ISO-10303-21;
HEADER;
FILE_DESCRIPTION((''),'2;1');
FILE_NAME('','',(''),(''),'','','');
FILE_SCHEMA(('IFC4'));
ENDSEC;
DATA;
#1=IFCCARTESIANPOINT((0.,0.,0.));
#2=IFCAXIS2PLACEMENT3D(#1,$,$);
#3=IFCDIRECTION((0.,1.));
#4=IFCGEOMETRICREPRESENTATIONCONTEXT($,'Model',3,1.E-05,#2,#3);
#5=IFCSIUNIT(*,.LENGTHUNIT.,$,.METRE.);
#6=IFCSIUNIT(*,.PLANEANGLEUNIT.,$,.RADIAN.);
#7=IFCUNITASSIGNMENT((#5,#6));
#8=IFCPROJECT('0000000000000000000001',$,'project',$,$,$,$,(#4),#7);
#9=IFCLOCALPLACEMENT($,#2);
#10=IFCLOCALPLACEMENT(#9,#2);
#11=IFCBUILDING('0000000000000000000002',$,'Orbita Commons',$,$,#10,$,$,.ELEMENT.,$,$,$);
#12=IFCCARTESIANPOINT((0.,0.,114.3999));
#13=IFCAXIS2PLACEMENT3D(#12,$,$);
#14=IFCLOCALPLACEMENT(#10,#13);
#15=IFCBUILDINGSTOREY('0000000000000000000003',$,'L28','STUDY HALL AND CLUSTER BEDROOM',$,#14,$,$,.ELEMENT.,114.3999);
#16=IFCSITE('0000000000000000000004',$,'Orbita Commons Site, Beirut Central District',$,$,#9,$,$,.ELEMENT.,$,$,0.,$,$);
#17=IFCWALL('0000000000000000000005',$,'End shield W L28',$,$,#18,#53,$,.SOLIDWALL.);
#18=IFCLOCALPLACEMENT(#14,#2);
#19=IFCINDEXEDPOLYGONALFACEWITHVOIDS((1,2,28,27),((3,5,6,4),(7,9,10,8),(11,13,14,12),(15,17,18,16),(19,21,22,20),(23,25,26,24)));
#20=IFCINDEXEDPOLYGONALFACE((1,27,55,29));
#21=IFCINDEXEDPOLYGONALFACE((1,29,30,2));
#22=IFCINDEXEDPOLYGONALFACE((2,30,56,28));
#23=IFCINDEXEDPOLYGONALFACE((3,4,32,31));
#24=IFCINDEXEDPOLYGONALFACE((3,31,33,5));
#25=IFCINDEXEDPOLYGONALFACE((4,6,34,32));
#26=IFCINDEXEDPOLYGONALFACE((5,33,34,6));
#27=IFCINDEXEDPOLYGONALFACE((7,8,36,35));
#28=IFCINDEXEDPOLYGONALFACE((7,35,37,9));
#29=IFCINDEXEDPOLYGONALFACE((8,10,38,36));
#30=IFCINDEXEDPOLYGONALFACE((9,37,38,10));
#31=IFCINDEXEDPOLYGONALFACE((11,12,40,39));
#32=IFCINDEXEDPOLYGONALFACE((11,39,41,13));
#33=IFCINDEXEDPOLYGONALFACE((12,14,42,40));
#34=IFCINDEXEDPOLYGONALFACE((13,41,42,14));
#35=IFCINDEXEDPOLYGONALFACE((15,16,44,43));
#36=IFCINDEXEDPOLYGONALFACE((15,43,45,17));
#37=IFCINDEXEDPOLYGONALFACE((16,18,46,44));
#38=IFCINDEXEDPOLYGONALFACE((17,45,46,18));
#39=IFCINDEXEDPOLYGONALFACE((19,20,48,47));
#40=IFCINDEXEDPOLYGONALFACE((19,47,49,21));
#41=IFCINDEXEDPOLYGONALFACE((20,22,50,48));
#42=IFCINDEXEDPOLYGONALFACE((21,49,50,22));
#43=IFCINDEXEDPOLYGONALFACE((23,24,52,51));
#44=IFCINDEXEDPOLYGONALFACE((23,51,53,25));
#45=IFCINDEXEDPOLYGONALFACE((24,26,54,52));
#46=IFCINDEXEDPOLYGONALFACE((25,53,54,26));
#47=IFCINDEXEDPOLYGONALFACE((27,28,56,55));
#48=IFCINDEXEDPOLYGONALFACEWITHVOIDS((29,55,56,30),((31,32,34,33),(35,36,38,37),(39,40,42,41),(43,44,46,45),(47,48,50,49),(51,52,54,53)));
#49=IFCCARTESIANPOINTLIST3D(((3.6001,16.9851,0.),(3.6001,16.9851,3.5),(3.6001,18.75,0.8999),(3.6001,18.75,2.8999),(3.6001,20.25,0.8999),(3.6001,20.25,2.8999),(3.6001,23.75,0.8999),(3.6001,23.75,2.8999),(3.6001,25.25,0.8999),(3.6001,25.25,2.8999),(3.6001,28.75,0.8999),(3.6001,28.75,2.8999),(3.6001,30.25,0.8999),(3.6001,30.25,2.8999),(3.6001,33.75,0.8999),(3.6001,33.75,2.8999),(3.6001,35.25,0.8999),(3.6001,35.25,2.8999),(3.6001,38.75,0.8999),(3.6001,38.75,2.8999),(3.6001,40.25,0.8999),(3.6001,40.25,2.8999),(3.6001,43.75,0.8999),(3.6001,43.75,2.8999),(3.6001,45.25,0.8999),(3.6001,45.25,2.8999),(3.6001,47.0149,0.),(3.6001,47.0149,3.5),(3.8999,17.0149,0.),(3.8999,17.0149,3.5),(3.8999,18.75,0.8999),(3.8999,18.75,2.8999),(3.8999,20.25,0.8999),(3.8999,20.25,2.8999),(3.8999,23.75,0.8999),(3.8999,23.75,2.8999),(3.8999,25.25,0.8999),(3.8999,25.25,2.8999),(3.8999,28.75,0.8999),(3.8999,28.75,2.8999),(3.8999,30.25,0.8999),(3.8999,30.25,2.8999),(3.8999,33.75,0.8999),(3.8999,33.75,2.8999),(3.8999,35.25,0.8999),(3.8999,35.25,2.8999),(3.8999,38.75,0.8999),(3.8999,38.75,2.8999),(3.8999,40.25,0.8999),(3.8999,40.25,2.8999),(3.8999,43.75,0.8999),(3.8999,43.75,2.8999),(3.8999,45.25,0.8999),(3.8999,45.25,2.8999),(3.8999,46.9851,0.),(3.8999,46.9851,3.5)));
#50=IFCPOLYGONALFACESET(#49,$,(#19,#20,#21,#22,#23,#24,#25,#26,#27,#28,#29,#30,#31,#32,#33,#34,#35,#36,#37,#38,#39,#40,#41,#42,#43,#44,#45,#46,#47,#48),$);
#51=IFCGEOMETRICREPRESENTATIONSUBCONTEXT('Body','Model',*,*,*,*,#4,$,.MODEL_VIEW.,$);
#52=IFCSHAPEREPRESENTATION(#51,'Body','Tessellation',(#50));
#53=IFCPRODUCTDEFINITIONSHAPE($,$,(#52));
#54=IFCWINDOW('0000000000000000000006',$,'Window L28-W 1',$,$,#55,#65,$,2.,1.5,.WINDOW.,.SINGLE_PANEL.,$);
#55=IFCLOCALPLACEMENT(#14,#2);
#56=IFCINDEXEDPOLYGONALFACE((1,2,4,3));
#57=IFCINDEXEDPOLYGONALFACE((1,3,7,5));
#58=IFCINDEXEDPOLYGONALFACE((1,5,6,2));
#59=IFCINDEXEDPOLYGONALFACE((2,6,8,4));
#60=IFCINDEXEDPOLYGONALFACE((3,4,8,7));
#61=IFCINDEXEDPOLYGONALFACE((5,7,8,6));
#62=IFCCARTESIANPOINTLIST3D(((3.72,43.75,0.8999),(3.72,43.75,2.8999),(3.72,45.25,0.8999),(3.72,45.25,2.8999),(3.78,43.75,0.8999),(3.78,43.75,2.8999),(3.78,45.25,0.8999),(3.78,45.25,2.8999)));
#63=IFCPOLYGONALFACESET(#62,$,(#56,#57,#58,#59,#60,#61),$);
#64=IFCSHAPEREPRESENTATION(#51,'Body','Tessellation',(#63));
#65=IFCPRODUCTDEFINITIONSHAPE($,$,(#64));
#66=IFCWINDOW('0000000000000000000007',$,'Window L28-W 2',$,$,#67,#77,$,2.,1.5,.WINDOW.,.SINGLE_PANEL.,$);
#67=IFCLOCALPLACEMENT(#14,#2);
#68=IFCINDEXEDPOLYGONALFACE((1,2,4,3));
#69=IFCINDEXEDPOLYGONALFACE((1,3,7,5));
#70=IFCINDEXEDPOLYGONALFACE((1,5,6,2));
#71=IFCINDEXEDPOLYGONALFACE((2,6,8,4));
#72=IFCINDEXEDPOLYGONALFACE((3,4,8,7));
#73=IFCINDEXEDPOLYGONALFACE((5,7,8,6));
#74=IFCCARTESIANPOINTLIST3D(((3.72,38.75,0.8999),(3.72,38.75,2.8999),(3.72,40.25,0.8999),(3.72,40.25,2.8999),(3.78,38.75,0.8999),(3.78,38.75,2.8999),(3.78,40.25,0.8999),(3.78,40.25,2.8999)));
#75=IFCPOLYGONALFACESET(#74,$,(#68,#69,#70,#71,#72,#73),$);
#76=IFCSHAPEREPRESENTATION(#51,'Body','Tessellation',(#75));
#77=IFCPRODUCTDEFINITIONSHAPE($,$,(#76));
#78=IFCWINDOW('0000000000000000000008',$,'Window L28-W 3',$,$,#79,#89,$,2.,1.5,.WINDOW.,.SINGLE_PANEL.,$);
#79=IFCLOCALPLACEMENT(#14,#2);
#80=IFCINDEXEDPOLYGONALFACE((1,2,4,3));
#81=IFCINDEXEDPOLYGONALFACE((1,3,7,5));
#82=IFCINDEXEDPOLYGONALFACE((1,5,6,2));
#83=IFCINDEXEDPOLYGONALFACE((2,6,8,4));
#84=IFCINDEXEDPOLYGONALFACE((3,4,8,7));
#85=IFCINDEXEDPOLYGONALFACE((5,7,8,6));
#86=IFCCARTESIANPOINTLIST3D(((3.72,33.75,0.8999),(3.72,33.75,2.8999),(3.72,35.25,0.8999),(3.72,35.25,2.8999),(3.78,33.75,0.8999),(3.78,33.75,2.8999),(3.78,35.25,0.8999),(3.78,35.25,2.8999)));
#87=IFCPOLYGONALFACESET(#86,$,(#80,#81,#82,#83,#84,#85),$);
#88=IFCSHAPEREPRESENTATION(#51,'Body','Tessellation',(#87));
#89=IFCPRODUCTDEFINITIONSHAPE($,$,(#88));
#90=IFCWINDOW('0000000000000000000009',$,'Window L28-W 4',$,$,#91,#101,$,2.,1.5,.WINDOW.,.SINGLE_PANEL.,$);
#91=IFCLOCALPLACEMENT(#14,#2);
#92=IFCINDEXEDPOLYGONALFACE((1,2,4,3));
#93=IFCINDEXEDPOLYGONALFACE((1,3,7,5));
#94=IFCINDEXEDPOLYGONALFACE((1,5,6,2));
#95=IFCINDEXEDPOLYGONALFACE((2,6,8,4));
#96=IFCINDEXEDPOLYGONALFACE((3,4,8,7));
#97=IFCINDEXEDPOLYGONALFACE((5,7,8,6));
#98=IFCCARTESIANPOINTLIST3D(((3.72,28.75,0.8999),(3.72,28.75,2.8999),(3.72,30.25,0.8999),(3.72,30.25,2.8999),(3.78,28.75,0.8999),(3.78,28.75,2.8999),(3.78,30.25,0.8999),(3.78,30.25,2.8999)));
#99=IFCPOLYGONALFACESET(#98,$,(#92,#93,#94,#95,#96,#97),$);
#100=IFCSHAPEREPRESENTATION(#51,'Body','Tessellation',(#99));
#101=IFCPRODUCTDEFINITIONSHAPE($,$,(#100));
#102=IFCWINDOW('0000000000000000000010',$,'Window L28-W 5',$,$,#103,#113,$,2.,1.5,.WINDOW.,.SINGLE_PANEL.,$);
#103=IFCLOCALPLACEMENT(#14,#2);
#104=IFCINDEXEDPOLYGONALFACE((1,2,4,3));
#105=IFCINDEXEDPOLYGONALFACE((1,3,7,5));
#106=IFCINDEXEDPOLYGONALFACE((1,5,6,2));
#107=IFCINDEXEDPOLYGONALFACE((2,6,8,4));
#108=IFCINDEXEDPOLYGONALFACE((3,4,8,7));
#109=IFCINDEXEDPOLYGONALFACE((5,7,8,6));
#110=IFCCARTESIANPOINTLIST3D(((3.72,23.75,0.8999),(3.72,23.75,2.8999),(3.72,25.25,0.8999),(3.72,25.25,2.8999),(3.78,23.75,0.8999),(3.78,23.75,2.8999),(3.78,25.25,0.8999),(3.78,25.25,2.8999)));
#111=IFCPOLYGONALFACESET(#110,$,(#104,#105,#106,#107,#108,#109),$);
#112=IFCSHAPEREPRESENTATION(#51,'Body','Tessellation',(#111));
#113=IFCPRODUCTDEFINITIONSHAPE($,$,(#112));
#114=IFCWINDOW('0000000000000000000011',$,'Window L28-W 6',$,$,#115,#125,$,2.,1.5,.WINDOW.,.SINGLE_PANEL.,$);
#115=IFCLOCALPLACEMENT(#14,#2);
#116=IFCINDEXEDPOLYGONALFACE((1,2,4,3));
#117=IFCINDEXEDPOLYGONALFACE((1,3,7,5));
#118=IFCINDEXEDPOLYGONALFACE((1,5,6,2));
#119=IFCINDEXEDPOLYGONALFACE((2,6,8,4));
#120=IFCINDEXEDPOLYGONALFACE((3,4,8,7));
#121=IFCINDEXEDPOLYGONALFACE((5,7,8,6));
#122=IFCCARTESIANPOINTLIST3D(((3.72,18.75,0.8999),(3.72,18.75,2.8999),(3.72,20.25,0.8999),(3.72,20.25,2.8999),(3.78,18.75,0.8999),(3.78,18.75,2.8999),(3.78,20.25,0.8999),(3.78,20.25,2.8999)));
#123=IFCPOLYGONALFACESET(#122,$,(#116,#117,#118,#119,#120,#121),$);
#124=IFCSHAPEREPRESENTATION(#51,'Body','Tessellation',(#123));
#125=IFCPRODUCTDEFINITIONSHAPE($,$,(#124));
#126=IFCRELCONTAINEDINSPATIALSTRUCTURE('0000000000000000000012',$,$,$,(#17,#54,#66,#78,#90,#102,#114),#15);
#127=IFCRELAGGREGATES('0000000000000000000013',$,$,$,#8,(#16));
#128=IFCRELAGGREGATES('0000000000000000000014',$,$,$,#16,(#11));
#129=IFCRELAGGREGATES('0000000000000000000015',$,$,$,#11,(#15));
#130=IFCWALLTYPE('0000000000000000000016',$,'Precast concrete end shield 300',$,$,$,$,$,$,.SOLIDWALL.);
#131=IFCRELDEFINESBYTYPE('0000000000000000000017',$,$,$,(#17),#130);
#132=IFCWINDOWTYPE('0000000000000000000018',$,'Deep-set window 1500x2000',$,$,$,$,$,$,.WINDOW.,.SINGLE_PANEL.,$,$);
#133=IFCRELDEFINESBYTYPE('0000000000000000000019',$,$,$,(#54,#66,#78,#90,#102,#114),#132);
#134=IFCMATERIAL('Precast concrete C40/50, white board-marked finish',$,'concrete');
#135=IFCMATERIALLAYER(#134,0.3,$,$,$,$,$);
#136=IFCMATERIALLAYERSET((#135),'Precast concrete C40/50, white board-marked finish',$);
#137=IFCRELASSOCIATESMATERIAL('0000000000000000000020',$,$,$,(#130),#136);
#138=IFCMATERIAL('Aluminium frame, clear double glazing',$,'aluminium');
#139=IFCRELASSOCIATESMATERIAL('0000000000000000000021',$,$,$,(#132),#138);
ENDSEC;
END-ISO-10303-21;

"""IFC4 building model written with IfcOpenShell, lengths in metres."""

from ifc_helpers import new_model, si_unit, direction, frame, frame_2d, origin, place, context, subcontext, project, spatial, polyline, rectangle, outline, extrude, material, layer, layer_set, type_object, element, fill, save


model = new_model("IFC4")

# Units and contexts
model_context = context("Model", 3, precision=1e-05, world=origin(), true_north=direction((0.0, 1.0)))
body_context = subcontext(model_context, "Body", "Model", "MODEL_VIEW")
ifc_project = project(units=[si_unit("LENGTHUNIT", "METRE"), si_unit("PLANEANGLEUNIT", "RADIAN")], contexts=[model_context])

# Site, building, storey
site_placement = place(None, origin())
site = spatial("IfcSite", under=ifc_project, at=site_placement, Name="Orbita Commons Site, Beirut Central District", CompositionType="ELEMENT", RefElevation=0.0)
building_placement = place(site_placement, origin())
building = spatial("IfcBuilding", under=site, at=building_placement, Name="Orbita Commons", CompositionType="ELEMENT")
storey_placement = place(building_placement, frame((0.0, 0.0, 114.3999)))
storey = spatial("IfcBuildingStorey", under=building, at=storey_placement, Name="L28", Description="STUDY HALL AND CLUSTER BEDROOM", CompositionType="ELEMENT", Elevation=114.3999)

# Wall, openings, windows
ifc_material_1 = material(Name="Precast concrete C40/50, white board-marked finish", Category="concrete")
ifc_layer_1 = layer(ifc_material_1, 0.3)
ifc_layer_set_1 = layer_set([ifc_layer_1], Name="Precast concrete C40/50, white board-marked finish")
wall_type_1 = type_object("IfcWallType", Name="Precast concrete end shield 300", PredefinedType="SOLIDWALL", material=ifc_layer_set_1)
wall_1_placement = place(storey_placement, frame((3.75, 47.0, 0.0), z_axis=(0.0, 0.0, 1.0), x_axis=(0.0, -1.0, 0.0)))
wall_1 = element("IfcWall", 1, at=wall_1_placement, inside=storey, type_object=wall_type_1, Name="End shield W L28", PredefinedType="SOLIDWALL", context=body_context, shape_type="SweptSolid", body=[
    extrude(outline(polyline([(-0.0149, -0.1499), (30.0149, -0.1499), (29.9851, 0.1499), (0.0149, 0.1499), (-0.0149, -0.1499)])), origin(), (0.0, 0.0, 1.0), 3.5),
])
opening_1_placement = place(wall_1_placement, frame((1.75, 0.0, 0.8999)))
opening_1 = element("IfcOpeningElement", 2, at=opening_1_placement, cuts=wall_1, PredefinedType="OPENING", context=body_context, shape_type="SweptSolid", body=[
    extrude(rectangle(XDim=1.5, YDim=2.0, at=frame_2d((0.75, 1.0))), frame((0.0, 0.1599, 0.0), z_axis=(0.0, -1.0, 0.0), x_axis=(1.0, 0.0, 0.0)), (0.0, 0.0, 1.0), 0.3201),
])
opening_2_placement = place(wall_1_placement, frame((6.75, 0.0, 0.8999)))
opening_2 = element("IfcOpeningElement", 3, at=opening_2_placement, cuts=wall_1, PredefinedType="OPENING", context=body_context, shape_type="SweptSolid", body=[
    extrude(rectangle(XDim=1.5, YDim=2.0, at=frame_2d((0.75, 1.0))), frame((0.0, 0.1599, 0.0), z_axis=(0.0, -1.0, 0.0), x_axis=(1.0, 0.0, 0.0)), (0.0, 0.0, 1.0), 0.3201),
])
opening_3_placement = place(wall_1_placement, frame((11.75, 0.0, 0.8999)))
opening_3 = element("IfcOpeningElement", 4, at=opening_3_placement, cuts=wall_1, PredefinedType="OPENING", context=body_context, shape_type="SweptSolid", body=[
    extrude(rectangle(XDim=1.5, YDim=2.0, at=frame_2d((0.75, 1.0))), frame((0.0, 0.1599, 0.0), z_axis=(0.0, -1.0, 0.0), x_axis=(1.0, 0.0, 0.0)), (0.0, 0.0, 1.0), 0.3201),
])
opening_4_placement = place(wall_1_placement, frame((16.75, 0.0, 0.8999)))
opening_4 = element("IfcOpeningElement", 5, at=opening_4_placement, cuts=wall_1, PredefinedType="OPENING", context=body_context, shape_type="SweptSolid", body=[
    extrude(rectangle(XDim=1.5, YDim=2.0, at=frame_2d((0.75, 1.0))), frame((0.0, 0.1599, 0.0), z_axis=(0.0, -1.0, 0.0), x_axis=(1.0, 0.0, 0.0)), (0.0, 0.0, 1.0), 0.3201),
])
opening_5_placement = place(wall_1_placement, frame((21.75, 0.0, 0.8999)))
opening_5 = element("IfcOpeningElement", 6, at=opening_5_placement, cuts=wall_1, PredefinedType="OPENING", context=body_context, shape_type="SweptSolid", body=[
    extrude(rectangle(XDim=1.5, YDim=2.0, at=frame_2d((0.75, 1.0))), frame((0.0, 0.1599, 0.0), z_axis=(0.0, -1.0, 0.0), x_axis=(1.0, 0.0, 0.0)), (0.0, 0.0, 1.0), 0.3201),
])
opening_6_placement = place(wall_1_placement, frame((26.75, 0.0, 0.8999)))
opening_6 = element("IfcOpeningElement", 7, at=opening_6_placement, cuts=wall_1, PredefinedType="OPENING", context=body_context, shape_type="SweptSolid", body=[
    extrude(rectangle(XDim=1.5, YDim=2.0, at=frame_2d((0.75, 1.0))), frame((0.0, 0.1599, 0.0), z_axis=(0.0, -1.0, 0.0), x_axis=(1.0, 0.0, 0.0)), (0.0, 0.0, 1.0), 0.3201),
])
ifc_material_2 = material(Name="Aluminium frame, clear double glazing", Category="aluminium")
window_type = type_object("IfcWindowType", Name="Deep-set window 1500x2000", PartitioningType="SINGLE_PANEL", PredefinedType="WINDOW", material=ifc_material_2)
window_1_placement = place(opening_1_placement, origin())
window_1 = element("IfcWindow", 8, at=window_1_placement, inside=storey, type_object=window_type, Name="Window L28-W 1", OverallHeight=2.0, OverallWidth=1.5, PartitioningType="SINGLE_PANEL", PredefinedType="WINDOW", context=body_context, shape_type="SweptSolid", body=[
    extrude(rectangle(XDim=1.5, YDim=2.0, at=frame_2d((0.75, 1.0))), frame((0.0, 0.03, 0.0), z_axis=(0.0, -1.0, 0.0), x_axis=(1.0, 0.0, 0.0)), (0.0, 0.0, 1.0), 0.0601),
])
fill(opening_1, window_1)
window_2_placement = place(opening_2_placement, origin())
window_2 = element("IfcWindow", 9, at=window_2_placement, inside=storey, type_object=window_type, Name="Window L28-W 2", OverallHeight=2.0, OverallWidth=1.5, PartitioningType="SINGLE_PANEL", PredefinedType="WINDOW", context=body_context, shape_type="SweptSolid", body=[
    extrude(rectangle(XDim=1.5, YDim=2.0, at=frame_2d((0.75, 1.0))), frame((0.0, 0.03, 0.0), z_axis=(0.0, -1.0, 0.0), x_axis=(1.0, 0.0, 0.0)), (0.0, 0.0, 1.0), 0.0601),
])
fill(opening_2, window_2)
window_3_placement = place(opening_3_placement, origin())
window_3 = element("IfcWindow", 10, at=window_3_placement, inside=storey, type_object=window_type, Name="Window L28-W 3", OverallHeight=2.0, OverallWidth=1.5, PartitioningType="SINGLE_PANEL", PredefinedType="WINDOW", context=body_context, shape_type="SweptSolid", body=[
    extrude(rectangle(XDim=1.5, YDim=2.0, at=frame_2d((0.75, 1.0))), frame((0.0, 0.03, 0.0), z_axis=(0.0, -1.0, 0.0), x_axis=(1.0, 0.0, 0.0)), (0.0, 0.0, 1.0), 0.0601),
])
fill(opening_3, window_3)
window_4_placement = place(opening_4_placement, origin())
window_4 = element("IfcWindow", 11, at=window_4_placement, inside=storey, type_object=window_type, Name="Window L28-W 4", OverallHeight=2.0, OverallWidth=1.5, PartitioningType="SINGLE_PANEL", PredefinedType="WINDOW", context=body_context, shape_type="SweptSolid", body=[
    extrude(rectangle(XDim=1.5, YDim=2.0, at=frame_2d((0.75, 1.0))), frame((0.0, 0.03, 0.0), z_axis=(0.0, -1.0, 0.0), x_axis=(1.0, 0.0, 0.0)), (0.0, 0.0, 1.0), 0.0601),
])
fill(opening_4, window_4)
window_5_placement = place(opening_5_placement, origin())
window_5 = element("IfcWindow", 12, at=window_5_placement, inside=storey, type_object=window_type, Name="Window L28-W 5", OverallHeight=2.0, OverallWidth=1.5, PartitioningType="SINGLE_PANEL", PredefinedType="WINDOW", context=body_context, shape_type="SweptSolid", body=[
    extrude(rectangle(XDim=1.5, YDim=2.0, at=frame_2d((0.75, 1.0))), frame((0.0, 0.03, 0.0), z_axis=(0.0, -1.0, 0.0), x_axis=(1.0, 0.0, 0.0)), (0.0, 0.0, 1.0), 0.0601),
])
fill(opening_5, window_5)
window_6_placement = place(opening_6_placement, origin())
window_6 = element("IfcWindow", 13, at=window_6_placement, inside=storey, type_object=window_type, Name="Window L28-W 6", OverallHeight=2.0, OverallWidth=1.5, PartitioningType="SINGLE_PANEL", PredefinedType="WINDOW", context=body_context, shape_type="SweptSolid", body=[
    extrude(rectangle(XDim=1.5, YDim=2.0, at=frame_2d((0.75, 1.0))), frame((0.0, 0.03, 0.0), z_axis=(0.0, -1.0, 0.0), x_axis=(1.0, 0.0, 0.0)), (0.0, 0.0, 1.0), 0.0601),
])
fill(opening_6, window_6)

save(model, "model.ifc")
